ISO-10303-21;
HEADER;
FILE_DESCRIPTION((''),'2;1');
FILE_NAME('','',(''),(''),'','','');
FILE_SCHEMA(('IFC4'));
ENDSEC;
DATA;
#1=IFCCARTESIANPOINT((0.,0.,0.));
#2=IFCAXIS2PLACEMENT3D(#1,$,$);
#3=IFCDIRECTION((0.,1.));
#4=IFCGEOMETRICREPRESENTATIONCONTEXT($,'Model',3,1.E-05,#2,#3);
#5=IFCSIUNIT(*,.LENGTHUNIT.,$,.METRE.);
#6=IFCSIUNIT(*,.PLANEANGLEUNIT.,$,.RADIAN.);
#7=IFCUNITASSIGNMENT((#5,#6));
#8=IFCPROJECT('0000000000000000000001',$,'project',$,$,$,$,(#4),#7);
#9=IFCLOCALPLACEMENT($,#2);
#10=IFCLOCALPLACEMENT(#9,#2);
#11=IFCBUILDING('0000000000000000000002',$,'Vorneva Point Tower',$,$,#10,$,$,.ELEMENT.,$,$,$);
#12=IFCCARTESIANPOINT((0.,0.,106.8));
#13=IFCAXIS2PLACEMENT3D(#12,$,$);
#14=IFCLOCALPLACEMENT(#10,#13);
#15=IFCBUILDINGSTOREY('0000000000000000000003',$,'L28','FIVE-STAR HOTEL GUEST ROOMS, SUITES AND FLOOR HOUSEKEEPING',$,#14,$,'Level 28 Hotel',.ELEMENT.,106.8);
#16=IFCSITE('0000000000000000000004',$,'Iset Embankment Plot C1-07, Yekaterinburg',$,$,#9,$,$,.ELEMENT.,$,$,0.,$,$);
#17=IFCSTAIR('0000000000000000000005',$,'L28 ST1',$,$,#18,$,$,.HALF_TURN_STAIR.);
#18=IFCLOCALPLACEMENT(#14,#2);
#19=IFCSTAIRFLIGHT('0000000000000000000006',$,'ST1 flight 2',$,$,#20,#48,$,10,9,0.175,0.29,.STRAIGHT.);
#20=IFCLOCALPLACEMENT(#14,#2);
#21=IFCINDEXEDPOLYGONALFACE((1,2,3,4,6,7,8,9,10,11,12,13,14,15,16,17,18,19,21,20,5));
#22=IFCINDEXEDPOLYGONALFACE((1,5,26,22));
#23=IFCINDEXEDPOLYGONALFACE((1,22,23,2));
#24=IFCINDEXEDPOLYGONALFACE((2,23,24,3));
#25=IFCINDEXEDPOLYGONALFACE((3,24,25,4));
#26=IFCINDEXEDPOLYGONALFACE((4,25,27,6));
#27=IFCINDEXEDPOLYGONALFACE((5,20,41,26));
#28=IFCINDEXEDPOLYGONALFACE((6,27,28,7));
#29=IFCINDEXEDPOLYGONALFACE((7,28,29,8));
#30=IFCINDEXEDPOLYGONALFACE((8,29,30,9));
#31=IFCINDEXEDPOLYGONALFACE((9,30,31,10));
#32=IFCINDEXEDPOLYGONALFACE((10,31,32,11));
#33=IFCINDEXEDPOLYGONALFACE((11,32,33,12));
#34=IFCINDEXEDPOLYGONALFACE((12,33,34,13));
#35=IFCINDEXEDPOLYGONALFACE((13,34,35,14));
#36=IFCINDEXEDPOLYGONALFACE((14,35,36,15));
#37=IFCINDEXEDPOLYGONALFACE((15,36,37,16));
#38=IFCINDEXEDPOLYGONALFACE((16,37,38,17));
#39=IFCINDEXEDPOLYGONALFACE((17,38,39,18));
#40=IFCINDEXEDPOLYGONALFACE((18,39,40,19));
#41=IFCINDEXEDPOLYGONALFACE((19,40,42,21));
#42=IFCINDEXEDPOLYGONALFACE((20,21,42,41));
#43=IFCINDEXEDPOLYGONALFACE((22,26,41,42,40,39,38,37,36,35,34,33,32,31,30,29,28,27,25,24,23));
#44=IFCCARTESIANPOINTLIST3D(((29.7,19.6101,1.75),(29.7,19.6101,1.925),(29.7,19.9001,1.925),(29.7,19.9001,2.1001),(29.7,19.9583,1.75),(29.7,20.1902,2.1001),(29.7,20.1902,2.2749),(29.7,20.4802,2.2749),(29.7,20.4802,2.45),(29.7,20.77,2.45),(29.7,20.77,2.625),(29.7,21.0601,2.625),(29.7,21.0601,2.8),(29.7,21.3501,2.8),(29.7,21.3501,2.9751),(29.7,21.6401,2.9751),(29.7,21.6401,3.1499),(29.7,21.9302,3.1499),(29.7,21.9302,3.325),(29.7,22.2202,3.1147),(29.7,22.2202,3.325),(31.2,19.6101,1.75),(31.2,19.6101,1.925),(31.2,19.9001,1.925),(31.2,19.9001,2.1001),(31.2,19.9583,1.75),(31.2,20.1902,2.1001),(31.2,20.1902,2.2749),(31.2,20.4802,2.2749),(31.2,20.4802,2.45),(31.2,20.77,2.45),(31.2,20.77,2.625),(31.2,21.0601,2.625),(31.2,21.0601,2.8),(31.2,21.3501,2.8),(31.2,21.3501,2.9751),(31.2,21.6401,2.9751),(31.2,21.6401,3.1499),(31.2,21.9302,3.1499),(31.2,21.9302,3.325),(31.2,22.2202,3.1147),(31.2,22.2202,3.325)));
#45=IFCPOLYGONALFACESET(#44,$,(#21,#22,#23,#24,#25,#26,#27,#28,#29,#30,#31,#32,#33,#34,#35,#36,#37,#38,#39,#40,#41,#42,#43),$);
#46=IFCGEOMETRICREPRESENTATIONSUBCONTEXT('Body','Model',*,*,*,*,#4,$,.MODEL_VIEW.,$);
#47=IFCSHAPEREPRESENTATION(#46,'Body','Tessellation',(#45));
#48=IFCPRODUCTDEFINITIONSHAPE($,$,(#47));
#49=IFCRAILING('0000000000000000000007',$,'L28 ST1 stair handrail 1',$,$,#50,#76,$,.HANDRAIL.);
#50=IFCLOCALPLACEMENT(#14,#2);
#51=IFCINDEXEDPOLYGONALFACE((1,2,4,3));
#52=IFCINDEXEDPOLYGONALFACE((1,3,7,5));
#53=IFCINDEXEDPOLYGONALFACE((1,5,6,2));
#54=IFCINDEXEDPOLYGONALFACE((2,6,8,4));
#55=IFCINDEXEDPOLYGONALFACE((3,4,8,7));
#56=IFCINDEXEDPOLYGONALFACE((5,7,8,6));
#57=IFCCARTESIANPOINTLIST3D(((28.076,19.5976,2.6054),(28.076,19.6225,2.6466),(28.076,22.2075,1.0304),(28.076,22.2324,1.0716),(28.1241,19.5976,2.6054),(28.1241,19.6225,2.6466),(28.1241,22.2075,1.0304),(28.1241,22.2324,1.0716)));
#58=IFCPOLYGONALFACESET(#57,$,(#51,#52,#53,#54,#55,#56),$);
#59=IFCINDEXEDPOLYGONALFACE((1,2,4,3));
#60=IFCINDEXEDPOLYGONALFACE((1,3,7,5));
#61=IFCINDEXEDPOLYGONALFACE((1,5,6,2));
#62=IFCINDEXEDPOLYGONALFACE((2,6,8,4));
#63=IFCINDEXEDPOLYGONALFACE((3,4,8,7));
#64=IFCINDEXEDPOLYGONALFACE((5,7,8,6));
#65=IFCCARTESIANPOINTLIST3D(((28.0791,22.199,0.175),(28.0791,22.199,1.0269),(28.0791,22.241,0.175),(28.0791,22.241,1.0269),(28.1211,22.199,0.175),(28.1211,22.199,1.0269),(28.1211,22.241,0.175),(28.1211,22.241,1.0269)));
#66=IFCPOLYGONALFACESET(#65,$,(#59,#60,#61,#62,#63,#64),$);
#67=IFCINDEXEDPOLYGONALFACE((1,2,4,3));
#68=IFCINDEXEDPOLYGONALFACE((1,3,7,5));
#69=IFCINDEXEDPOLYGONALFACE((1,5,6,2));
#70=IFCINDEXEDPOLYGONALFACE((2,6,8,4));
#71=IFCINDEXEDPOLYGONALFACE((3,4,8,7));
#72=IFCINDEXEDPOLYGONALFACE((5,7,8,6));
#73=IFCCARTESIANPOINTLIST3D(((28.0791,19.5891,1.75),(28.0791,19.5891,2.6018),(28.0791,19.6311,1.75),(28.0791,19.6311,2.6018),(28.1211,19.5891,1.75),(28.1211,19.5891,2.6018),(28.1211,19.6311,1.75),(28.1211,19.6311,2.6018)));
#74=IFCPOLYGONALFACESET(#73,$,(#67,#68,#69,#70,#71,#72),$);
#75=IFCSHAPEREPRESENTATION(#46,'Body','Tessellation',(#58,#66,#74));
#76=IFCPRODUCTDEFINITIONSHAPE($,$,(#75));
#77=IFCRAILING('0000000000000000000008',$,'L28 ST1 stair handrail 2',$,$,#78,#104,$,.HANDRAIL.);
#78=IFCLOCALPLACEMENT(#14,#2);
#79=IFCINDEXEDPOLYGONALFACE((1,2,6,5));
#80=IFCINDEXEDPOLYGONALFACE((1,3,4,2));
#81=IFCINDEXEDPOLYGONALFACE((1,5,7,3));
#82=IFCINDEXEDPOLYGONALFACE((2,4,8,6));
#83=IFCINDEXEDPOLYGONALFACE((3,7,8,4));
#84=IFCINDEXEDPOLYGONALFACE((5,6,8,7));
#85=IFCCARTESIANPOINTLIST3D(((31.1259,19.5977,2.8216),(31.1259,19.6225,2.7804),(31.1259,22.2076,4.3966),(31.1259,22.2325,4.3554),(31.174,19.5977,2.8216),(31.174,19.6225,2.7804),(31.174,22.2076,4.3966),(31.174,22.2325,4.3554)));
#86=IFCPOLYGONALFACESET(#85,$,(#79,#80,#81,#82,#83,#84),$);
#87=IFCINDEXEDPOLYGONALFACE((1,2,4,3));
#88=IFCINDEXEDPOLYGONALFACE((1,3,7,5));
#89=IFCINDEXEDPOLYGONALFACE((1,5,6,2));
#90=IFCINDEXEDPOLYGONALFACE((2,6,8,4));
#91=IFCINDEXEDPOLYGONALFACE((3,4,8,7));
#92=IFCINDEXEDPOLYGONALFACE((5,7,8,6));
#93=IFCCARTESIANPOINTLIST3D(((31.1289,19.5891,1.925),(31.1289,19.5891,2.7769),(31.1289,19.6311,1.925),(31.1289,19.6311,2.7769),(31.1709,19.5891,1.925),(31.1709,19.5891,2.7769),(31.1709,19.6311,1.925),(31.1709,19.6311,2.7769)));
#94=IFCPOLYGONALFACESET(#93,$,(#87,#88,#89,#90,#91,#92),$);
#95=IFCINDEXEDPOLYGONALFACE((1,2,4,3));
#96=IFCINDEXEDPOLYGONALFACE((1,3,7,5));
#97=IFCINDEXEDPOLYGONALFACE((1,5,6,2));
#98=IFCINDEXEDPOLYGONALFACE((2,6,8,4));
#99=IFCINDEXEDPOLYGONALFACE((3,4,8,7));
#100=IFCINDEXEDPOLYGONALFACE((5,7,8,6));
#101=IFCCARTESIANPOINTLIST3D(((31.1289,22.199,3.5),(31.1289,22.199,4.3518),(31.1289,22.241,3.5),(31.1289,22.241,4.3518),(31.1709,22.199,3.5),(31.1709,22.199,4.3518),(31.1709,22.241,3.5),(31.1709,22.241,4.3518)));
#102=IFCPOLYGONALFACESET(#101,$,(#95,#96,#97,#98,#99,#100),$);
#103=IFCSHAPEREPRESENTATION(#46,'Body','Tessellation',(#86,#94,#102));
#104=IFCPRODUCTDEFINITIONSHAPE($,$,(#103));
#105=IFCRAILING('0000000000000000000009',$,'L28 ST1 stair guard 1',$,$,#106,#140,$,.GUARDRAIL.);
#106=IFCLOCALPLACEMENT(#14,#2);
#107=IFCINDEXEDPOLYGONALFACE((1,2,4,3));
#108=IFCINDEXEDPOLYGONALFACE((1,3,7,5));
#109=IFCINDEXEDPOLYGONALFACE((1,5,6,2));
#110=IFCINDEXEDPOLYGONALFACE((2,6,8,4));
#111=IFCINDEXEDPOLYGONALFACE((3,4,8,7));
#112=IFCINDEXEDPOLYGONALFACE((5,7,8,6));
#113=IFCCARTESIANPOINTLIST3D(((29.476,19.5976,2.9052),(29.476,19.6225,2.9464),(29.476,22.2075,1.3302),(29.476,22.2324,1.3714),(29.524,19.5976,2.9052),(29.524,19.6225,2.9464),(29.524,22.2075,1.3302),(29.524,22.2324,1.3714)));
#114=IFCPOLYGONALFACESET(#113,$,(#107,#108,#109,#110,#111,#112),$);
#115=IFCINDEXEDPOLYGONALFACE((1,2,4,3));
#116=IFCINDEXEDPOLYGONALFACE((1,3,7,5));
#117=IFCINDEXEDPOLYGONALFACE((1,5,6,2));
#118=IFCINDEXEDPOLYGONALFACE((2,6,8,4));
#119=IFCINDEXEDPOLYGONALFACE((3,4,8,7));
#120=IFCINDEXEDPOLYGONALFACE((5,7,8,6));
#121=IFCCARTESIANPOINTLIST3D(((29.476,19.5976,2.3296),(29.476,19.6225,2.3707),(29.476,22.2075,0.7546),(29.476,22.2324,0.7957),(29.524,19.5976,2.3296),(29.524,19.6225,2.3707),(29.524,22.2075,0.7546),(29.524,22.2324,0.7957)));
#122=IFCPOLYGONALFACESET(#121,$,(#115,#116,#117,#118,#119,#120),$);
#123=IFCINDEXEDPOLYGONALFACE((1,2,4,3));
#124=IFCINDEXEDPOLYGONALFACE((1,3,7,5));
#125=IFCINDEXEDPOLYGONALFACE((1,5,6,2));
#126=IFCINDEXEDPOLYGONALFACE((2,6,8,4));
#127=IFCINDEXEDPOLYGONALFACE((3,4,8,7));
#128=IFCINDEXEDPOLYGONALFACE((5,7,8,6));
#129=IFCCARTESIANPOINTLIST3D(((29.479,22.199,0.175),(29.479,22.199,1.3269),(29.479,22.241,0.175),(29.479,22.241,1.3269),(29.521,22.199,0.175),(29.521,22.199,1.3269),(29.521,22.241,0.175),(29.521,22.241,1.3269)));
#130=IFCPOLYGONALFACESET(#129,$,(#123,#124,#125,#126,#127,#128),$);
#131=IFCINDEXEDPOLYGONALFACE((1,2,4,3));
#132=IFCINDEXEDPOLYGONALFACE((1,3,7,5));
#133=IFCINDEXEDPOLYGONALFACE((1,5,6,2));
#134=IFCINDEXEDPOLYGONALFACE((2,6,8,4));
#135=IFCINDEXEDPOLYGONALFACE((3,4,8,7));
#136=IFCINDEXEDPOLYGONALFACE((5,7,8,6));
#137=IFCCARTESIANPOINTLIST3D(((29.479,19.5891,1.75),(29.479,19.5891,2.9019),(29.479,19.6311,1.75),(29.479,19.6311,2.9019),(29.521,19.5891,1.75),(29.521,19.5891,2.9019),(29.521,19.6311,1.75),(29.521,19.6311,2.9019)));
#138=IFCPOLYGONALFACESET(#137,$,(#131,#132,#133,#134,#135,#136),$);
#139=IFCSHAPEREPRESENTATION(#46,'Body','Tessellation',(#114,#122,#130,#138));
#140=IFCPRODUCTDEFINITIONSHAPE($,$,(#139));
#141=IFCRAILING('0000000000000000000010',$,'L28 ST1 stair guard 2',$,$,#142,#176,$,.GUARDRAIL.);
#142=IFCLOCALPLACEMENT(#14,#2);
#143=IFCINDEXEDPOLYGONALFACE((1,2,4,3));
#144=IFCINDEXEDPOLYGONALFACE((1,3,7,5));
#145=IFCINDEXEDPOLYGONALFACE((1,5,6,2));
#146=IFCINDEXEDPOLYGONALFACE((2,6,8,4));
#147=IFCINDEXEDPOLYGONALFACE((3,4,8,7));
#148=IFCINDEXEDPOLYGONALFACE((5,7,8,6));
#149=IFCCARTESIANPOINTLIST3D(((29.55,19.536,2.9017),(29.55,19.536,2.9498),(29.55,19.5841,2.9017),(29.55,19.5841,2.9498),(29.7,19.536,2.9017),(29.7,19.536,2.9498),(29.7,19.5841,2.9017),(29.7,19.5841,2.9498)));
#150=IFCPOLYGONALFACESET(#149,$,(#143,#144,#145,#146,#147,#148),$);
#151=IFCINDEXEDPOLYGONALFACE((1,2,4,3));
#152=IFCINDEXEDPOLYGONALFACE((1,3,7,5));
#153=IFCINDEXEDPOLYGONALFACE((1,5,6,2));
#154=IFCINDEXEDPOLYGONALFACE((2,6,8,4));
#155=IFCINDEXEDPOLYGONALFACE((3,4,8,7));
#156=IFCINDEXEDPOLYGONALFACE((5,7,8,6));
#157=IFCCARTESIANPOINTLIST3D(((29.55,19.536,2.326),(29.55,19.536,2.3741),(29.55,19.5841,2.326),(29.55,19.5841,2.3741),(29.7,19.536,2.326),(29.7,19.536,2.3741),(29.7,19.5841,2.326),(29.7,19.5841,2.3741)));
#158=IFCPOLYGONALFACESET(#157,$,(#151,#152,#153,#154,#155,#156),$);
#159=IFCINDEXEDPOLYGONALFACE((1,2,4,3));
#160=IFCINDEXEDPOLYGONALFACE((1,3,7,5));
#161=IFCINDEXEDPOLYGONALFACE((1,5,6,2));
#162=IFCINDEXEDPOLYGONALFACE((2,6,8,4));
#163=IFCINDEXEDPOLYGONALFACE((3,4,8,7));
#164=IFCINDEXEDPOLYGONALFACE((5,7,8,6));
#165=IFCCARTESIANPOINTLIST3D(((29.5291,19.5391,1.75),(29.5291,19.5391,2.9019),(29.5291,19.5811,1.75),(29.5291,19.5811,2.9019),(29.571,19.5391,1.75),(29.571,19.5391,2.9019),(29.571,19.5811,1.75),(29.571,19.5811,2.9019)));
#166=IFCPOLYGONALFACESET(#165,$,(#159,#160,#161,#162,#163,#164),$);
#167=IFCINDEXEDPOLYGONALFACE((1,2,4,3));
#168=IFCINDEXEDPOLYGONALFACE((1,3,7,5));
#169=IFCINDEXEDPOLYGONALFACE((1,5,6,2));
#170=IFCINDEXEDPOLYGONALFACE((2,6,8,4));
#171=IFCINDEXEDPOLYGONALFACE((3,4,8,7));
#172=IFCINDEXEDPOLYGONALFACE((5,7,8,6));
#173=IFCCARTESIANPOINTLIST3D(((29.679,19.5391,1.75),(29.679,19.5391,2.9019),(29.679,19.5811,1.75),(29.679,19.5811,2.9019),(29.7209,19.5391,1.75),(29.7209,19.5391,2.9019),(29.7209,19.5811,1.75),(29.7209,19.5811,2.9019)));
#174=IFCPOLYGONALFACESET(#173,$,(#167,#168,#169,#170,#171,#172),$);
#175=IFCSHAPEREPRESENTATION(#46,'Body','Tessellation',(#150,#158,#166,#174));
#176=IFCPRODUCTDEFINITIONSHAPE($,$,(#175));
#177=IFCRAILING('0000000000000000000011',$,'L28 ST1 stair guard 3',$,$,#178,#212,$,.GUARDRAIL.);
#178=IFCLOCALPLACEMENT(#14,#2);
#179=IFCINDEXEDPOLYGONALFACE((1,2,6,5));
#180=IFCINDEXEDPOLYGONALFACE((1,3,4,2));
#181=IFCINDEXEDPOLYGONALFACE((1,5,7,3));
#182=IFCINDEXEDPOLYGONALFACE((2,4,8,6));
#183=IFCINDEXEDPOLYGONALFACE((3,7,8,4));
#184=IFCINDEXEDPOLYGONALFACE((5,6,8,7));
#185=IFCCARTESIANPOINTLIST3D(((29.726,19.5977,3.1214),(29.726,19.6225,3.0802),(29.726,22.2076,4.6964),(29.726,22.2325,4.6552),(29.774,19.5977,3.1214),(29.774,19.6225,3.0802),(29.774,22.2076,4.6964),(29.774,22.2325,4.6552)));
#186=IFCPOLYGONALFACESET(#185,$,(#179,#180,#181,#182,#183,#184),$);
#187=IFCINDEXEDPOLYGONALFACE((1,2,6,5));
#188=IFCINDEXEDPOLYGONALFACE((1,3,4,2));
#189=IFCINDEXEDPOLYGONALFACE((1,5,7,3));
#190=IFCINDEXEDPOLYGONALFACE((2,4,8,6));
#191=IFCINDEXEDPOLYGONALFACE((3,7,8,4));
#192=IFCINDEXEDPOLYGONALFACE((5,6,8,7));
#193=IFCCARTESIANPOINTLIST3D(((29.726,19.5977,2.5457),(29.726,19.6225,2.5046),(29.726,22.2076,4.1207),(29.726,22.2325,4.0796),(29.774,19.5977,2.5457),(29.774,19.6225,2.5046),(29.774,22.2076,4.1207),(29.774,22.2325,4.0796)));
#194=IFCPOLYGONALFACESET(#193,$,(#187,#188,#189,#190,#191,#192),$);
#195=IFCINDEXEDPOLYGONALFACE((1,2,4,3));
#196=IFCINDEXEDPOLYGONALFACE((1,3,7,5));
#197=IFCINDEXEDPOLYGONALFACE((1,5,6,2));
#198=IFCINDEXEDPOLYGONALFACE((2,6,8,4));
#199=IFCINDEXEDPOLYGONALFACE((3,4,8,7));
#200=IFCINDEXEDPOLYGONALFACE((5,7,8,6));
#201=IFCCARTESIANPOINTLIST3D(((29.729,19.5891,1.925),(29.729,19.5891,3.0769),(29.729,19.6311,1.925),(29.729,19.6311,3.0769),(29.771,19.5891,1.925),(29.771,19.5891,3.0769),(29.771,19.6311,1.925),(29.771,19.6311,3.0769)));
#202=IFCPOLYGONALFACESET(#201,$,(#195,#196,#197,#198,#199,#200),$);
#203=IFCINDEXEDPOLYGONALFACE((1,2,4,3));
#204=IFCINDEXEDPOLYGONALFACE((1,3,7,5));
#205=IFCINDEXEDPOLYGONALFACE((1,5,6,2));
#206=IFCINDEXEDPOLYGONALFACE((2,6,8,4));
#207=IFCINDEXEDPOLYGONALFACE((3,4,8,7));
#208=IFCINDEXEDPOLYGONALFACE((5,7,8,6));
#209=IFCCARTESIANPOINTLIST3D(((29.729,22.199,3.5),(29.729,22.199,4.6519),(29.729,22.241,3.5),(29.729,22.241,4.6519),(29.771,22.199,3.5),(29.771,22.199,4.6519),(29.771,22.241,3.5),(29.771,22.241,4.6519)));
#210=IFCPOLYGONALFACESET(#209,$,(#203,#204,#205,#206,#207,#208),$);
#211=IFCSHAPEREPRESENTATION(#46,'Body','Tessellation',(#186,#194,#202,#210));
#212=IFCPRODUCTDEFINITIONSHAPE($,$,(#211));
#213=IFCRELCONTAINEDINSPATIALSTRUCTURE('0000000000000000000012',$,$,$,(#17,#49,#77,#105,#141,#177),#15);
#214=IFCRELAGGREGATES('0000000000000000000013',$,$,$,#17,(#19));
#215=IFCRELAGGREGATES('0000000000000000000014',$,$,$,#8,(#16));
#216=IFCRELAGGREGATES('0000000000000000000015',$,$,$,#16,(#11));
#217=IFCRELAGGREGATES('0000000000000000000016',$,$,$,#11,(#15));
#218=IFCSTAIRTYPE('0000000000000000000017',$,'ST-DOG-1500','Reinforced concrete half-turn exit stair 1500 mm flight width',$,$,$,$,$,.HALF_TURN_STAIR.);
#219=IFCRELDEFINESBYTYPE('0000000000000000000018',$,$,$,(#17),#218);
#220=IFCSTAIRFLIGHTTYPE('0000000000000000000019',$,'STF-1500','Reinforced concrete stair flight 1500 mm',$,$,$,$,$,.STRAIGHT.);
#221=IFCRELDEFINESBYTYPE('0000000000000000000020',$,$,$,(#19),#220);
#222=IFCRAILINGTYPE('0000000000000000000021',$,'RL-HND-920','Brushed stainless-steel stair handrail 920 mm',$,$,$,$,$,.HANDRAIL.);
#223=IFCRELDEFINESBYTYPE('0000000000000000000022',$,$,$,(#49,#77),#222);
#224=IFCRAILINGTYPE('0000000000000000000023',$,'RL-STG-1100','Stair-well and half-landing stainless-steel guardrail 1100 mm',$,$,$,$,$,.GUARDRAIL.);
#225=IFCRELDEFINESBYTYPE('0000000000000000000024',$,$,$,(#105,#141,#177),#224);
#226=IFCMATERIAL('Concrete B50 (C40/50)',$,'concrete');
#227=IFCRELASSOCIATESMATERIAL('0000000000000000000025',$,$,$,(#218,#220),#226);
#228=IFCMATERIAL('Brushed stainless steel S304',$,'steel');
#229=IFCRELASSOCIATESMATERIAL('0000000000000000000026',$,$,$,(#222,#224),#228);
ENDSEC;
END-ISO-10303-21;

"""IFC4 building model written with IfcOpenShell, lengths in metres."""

from ifc_helpers import new_model, si_unit, direction, frame, origin, origin_2d, place, context, subcontext, project, spatial, polyline, rectangle, outline, extrude, material, type_object, element, aggregate, save


model = new_model("IFC4")

# Units and contexts
model_context = context("Model", 3, precision=1e-05, world=origin(), true_north=direction((0.0, 1.0)))
body_context = subcontext(model_context, "Body", "Model", "MODEL_VIEW")
ifc_project = project(units=[si_unit("LENGTHUNIT", "METRE"), si_unit("PLANEANGLEUNIT", "RADIAN")], contexts=[model_context])

# Site, building, storey
site_placement = place(None, origin())
site = spatial("IfcSite", under=ifc_project, at=site_placement, Name="Iset Embankment Plot C1-07, Yekaterinburg", CompositionType="ELEMENT", RefElevation=0.0)
building_placement = place(site_placement, origin())
building = spatial("IfcBuilding", under=site, at=building_placement, Name="Vorneva Point Tower", CompositionType="ELEMENT")
storey_placement = place(building_placement, frame((0.0, 0.0, 106.8)))
storey = spatial("IfcBuildingStorey", under=building, at=storey_placement, Name="L28", Description="FIVE-STAR HOTEL GUEST ROOMS, SUITES AND FLOOR HOUSEKEEPING", LongName="Level 28 Hotel", CompositionType="ELEMENT", Elevation=106.8)

# Shared definitions
ifc_material_1 = material(Name="Concrete B50 (C40/50)", Category="concrete")

# Stair, stair flight
stair_type = type_object("IfcStairType", Name="ST-DOG-1500", Description="Reinforced concrete half-turn exit stair 1500 mm flight width", PredefinedType="HALF_TURN_STAIR", material=ifc_material_1)
stair_placement = place(storey_placement, origin())
stair = element("IfcStair", 1, at=stair_placement, inside=storey, type_object=stair_type, Name="L28 ST1", PredefinedType="HALF_TURN_STAIR")
stair_flight_type = type_object("IfcStairFlightType", Name="STF-1500", Description="Reinforced concrete stair flight 1500 mm", PredefinedType="STRAIGHT", material=ifc_material_1)
stair_flight_1_placement = place(storey_placement, frame((30.45, 19.6101, 1.75), z_axis=(0.0, 0.0, 1.0), x_axis=(0.0, 1.0, 0.0)))
stair_flight_1 = element("IfcStairFlight", 2, at=stair_flight_1_placement, type_object=stair_flight_type, Name="ST1 flight 2", NumberOfRisers=10, NumberOfTreads=9, PredefinedType="STRAIGHT", RiserHeight=0.175, TreadLength=0.29, context=body_context, shape_type="SweptSolid", body=[
    extrude(outline(polyline([(0.0, 0.0), (0.0, 0.175), (0.29, 0.175), (0.29, 0.3501), (0.5801, 0.3501), (0.5801, 0.5249), (0.8701, 0.5249), (0.8701, 0.7), (1.1599, 0.7), (1.1599, 0.875), (1.45, 0.875), (1.45, 1.05), (1.74, 1.05), (1.74, 1.2251), (2.03, 1.2251), (2.03, 1.3999), (2.3201, 1.3999), (2.3201, 1.575), (2.6101, 1.575), (2.6101, 1.75), (2.6101, 1.3647), (0.3481, 0.0), (0.0, 0.0)])), frame((0.0, 0.75, 0.0), z_axis=(0.0, -1.0, 0.0), x_axis=(1.0, 0.0, 0.0)), (0.0, 0.0, 1.0), 1.5),
])
aggregate(stair, [stair_flight_1])

# Railings
ifc_material_2 = material(Name="Brushed stainless steel S304", Category="steel")
railing_type_1 = type_object("IfcRailingType", Name="RL-HND-920", Description="Brushed stainless-steel stair handrail 920 mm", PredefinedType="HANDRAIL", material=ifc_material_2)
railing_1_placement = place(storey_placement, frame((28.1001, 22.22, 0.175)))
element("IfcRailing", 3, at=railing_1_placement, inside=storey, type_object=railing_type_1, Name="L28 ST1 stair handrail 1", PredefinedType="HANDRAIL", context=body_context, shape_type="SweptSolid", body=[
    extrude(rectangle(XDim=0.0481, YDim=0.0481, at=origin_2d()), frame((0.0, 0.0, 0.876), z_axis=(0.0, -0.856183, 0.516673), x_axis=(1.0, 0.0, 0.0)), (0.0, 0.0, 1.0), 3.0483),
    extrude(rectangle(XDim=0.042, YDim=0.042, at=origin_2d()), origin(), (0.0, 0.0, 1.0), 0.8518),
    extrude(rectangle(XDim=0.042, YDim=0.042, at=origin_2d()), frame((0.0, -2.6099, 1.575)), (0.0, 0.0, 1.0), 0.8518),
])
railing_2_placement = place(storey_placement, frame((31.1499, 19.6101, 1.925)))
element("IfcRailing", 4, at=railing_2_placement, inside=storey, type_object=railing_type_1, Name="L28 ST1 stair handrail 2", PredefinedType="HANDRAIL", context=body_context, shape_type="SweptSolid", body=[
    extrude(rectangle(XDim=0.0481, YDim=0.0481, at=origin_2d()), frame((0.0, 0.0, 0.876), z_axis=(0.0, 0.856183, 0.516673), x_axis=(-1.0, 0.0, 0.0)), (0.0, 0.0, 1.0), 3.0483),
    extrude(rectangle(XDim=0.042, YDim=0.042, at=origin_2d()), origin(), (0.0, 0.0, 1.0), 0.8518),
    extrude(rectangle(XDim=0.042, YDim=0.042, at=origin_2d()), frame((0.0, 2.6099, 1.575)), (0.0, 0.0, 1.0), 0.8518),
])
railing_type_2 = type_object("IfcRailingType", Name="RL-STG-1100", Description="Stair-well and half-landing stainless-steel guardrail 1100 mm", PredefinedType="GUARDRAIL", material=ifc_material_2)
railing_3_placement = place(storey_placement, frame((29.5, 22.22, 0.175)))
element("IfcRailing", 5, at=railing_3_placement, inside=storey, type_object=railing_type_2, Name="L28 ST1 stair guard 1", PredefinedType="GUARDRAIL", context=body_context, shape_type="SweptSolid", body=[
    extrude(rectangle(XDim=0.0481, YDim=0.0481, at=origin_2d()), frame((0.0, 0.0, 1.1758), z_axis=(0.0, -0.856183, 0.516673), x_axis=(1.0, 0.0, 0.0)), (0.0, 0.0, 1.0), 3.0483),
    extrude(rectangle(XDim=0.0481, YDim=0.0481, at=origin_2d()), frame((0.0, 0.0, 0.6001), z_axis=(0.0, -0.856183, 0.516673), x_axis=(1.0, 0.0, 0.0)), (0.0, 0.0, 1.0), 3.0483),
    extrude(rectangle(XDim=0.042, YDim=0.042, at=origin_2d()), origin(), (0.0, 0.0, 1.0), 1.1519),
    extrude(rectangle(XDim=0.042, YDim=0.042, at=origin_2d()), frame((0.0, -2.6099, 1.575)), (0.0, 0.0, 1.0), 1.1519),
])
railing_4_placement = place(storey_placement, frame((29.55, 19.5601, 1.75)))
element("IfcRailing", 6, at=railing_4_placement, inside=storey, type_object=railing_type_2, Name="L28 ST1 stair guard 2", PredefinedType="GUARDRAIL", context=body_context, shape_type="SweptSolid", body=[
    extrude(rectangle(XDim=0.0481, YDim=0.0481, at=origin_2d()), frame((0.0, 0.0, 1.1758), z_axis=(1.0, 0.0, 0.0), x_axis=(0.0, 1.0, 0.0)), (0.0, 0.0, 1.0), 0.1499),
    extrude(rectangle(XDim=0.0481, YDim=0.0481, at=origin_2d()), frame((0.0, 0.0, 0.6001), z_axis=(1.0, 0.0, 0.0), x_axis=(0.0, 1.0, 0.0)), (0.0, 0.0, 1.0), 0.1499),
    extrude(rectangle(XDim=0.042, YDim=0.042, at=origin_2d()), origin(), (0.0, 0.0, 1.0), 1.1519),
    extrude(rectangle(XDim=0.042, YDim=0.042, at=origin_2d()), frame((0.1499, 0.0, 0.0)), (0.0, 0.0, 1.0), 1.1519),
])
railing_5_placement = place(storey_placement, frame((29.75, 19.6101, 1.925)))
element("IfcRailing", 7, at=railing_5_placement, inside=storey, type_object=railing_type_2, Name="L28 ST1 stair guard 3", PredefinedType="GUARDRAIL", context=body_context, shape_type="SweptSolid", body=[
    extrude(rectangle(XDim=0.0481, YDim=0.0481, at=origin_2d()), frame((0.0, 0.0, 1.1758), z_axis=(0.0, 0.856183, 0.516673), x_axis=(-1.0, 0.0, 0.0)), (0.0, 0.0, 1.0), 3.0483),
    extrude(rectangle(XDim=0.0481, YDim=0.0481, at=origin_2d()), frame((0.0, 0.0, 0.6001), z_axis=(0.0, 0.856183, 0.516673), x_axis=(-1.0, 0.0, 0.0)), (0.0, 0.0, 1.0), 3.0483),
    extrude(rectangle(XDim=0.042, YDim=0.042, at=origin_2d()), origin(), (0.0, 0.0, 1.0), 1.1519),
    extrude(rectangle(XDim=0.042, YDim=0.042, at=origin_2d()), frame((0.0, 2.6099, 1.575)), (0.0, 0.0, 1.0), 1.1519),
])

save(model, "model.ifc")
